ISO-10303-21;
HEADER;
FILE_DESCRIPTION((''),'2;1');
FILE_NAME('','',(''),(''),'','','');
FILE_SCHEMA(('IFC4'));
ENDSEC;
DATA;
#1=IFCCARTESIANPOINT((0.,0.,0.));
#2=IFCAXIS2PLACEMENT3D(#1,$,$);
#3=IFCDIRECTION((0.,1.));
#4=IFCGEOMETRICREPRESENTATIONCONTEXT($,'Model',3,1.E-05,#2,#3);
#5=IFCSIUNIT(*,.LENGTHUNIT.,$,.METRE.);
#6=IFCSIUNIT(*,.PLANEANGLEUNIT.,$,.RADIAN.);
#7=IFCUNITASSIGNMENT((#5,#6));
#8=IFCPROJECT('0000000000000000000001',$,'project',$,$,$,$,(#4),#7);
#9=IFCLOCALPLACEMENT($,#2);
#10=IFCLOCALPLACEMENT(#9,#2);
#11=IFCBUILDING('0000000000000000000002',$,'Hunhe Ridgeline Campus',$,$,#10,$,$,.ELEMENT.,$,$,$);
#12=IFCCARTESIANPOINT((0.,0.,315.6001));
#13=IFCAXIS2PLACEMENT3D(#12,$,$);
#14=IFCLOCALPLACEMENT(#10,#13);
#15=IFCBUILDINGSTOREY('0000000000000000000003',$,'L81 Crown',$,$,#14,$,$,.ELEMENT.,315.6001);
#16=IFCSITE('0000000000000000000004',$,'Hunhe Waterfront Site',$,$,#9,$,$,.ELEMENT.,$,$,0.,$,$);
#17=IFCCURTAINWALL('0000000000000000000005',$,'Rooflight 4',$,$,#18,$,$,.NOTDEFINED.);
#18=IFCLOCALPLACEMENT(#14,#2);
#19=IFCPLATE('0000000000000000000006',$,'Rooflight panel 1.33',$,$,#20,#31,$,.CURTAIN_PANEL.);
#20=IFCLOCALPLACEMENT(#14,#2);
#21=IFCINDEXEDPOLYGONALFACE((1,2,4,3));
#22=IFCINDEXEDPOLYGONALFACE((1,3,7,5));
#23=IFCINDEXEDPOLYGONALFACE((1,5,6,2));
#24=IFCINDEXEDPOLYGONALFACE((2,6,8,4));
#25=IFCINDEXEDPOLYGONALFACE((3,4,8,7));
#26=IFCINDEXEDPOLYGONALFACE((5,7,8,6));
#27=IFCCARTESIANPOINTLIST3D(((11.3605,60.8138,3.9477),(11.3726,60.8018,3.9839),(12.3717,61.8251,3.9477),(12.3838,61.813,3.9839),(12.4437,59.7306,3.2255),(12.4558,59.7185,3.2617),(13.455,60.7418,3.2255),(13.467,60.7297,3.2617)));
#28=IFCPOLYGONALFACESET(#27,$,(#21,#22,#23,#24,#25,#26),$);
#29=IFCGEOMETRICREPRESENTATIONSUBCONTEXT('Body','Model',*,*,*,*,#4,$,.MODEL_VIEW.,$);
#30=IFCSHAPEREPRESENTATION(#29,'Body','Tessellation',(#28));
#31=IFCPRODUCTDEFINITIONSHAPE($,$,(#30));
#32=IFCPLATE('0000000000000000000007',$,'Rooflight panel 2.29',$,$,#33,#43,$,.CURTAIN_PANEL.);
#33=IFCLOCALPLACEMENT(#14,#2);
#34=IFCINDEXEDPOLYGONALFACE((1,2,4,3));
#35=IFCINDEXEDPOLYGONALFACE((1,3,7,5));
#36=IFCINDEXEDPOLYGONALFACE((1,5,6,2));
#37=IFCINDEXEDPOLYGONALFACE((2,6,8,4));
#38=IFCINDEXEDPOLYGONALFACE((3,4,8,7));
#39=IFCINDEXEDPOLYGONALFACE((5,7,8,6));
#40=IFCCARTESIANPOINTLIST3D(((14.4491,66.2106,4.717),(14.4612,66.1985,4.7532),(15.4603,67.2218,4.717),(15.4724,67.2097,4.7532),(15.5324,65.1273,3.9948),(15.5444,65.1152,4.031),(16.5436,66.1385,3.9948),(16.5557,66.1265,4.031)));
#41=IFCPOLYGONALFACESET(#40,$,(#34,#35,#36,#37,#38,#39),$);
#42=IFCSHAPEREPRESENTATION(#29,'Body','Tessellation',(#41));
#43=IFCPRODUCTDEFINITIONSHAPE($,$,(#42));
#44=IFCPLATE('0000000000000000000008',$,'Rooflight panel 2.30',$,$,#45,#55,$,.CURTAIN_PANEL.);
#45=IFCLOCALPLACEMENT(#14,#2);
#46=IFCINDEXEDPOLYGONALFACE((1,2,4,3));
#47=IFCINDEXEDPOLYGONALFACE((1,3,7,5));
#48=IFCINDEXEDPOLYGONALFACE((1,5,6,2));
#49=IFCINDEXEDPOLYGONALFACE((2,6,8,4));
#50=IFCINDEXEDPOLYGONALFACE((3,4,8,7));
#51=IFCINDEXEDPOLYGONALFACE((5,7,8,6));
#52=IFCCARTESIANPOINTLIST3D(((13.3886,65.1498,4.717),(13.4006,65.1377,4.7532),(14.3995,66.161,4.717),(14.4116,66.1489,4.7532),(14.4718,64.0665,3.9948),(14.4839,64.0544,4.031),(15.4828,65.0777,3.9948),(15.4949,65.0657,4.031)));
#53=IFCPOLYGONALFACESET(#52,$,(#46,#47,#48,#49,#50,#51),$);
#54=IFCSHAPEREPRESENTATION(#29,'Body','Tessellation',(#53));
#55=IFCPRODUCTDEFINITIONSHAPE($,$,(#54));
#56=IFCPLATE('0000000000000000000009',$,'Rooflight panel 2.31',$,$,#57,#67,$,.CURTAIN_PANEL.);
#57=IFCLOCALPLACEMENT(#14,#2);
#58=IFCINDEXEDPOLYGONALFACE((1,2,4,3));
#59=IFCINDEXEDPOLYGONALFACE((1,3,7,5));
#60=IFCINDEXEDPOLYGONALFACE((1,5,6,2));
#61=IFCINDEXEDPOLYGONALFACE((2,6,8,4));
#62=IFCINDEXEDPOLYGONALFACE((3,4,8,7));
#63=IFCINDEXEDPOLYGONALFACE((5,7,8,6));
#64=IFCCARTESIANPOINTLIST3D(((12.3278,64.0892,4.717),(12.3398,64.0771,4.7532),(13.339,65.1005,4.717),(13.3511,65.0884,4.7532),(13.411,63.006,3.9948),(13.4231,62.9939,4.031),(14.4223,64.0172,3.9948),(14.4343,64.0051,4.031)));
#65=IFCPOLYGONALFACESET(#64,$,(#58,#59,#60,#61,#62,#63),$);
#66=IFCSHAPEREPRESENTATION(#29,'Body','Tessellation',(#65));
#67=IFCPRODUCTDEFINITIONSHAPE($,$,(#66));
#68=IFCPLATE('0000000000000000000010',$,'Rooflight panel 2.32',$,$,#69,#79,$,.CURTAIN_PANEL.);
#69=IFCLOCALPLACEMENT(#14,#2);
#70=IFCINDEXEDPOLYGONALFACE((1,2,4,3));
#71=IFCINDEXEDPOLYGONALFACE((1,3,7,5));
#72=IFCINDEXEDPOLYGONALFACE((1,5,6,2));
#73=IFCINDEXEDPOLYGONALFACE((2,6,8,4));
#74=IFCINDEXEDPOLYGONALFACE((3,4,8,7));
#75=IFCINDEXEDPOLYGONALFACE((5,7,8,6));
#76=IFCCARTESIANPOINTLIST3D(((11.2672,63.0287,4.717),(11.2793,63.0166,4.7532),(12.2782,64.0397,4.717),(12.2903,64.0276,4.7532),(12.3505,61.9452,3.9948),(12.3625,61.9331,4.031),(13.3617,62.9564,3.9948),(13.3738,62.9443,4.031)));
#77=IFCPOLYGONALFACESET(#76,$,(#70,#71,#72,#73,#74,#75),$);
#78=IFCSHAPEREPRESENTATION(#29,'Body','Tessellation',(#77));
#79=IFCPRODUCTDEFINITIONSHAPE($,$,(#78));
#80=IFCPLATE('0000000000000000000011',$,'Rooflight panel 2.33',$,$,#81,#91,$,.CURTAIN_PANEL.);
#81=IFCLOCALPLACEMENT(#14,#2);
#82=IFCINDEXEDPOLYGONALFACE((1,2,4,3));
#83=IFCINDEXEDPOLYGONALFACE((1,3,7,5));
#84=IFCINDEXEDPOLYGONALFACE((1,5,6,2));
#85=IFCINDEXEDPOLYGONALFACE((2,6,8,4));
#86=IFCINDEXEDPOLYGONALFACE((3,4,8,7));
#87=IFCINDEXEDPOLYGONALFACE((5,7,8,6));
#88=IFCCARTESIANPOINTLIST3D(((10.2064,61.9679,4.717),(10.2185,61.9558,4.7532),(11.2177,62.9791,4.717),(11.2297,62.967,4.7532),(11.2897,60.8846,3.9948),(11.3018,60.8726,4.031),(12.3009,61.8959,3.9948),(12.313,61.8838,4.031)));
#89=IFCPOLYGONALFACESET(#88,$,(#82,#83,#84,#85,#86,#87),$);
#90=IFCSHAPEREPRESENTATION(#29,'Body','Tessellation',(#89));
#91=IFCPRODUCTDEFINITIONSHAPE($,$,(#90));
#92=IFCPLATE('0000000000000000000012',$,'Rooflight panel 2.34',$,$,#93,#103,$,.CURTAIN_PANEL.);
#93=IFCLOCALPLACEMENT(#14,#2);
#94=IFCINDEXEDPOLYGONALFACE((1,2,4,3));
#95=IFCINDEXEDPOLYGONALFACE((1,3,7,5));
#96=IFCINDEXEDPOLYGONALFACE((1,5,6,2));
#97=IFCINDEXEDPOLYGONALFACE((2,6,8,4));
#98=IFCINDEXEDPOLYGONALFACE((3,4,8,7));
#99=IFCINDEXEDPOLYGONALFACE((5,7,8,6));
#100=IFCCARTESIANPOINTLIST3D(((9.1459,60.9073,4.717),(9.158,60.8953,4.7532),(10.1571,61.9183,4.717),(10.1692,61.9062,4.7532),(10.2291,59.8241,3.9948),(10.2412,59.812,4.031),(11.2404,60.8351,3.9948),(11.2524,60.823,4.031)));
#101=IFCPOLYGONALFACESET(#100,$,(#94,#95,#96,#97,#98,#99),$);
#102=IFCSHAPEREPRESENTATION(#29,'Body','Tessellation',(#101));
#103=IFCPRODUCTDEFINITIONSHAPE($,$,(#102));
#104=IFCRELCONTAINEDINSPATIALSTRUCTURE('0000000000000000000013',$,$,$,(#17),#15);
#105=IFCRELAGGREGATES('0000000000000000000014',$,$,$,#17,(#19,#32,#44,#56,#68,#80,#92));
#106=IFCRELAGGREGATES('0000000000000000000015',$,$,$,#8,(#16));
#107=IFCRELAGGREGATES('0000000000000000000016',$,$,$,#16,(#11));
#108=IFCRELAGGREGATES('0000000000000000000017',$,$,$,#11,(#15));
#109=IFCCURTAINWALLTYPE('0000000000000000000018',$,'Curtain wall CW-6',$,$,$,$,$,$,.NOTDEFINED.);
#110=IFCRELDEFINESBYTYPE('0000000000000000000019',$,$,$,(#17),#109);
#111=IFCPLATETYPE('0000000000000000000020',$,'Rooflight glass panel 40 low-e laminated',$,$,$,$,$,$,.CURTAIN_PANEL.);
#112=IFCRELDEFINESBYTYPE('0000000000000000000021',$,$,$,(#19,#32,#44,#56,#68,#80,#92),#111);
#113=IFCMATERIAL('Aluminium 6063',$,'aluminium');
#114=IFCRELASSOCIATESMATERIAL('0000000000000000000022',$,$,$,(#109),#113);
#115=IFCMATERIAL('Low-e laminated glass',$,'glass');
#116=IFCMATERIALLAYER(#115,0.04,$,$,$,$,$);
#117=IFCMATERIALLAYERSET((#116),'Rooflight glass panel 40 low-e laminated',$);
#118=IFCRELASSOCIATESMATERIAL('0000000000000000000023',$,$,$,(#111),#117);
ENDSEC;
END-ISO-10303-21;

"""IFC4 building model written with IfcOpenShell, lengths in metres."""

from ifc_helpers import new_model, si_unit, direction, frame, origin, place, context, subcontext, project, spatial, polyline, outline, extrude, material, layer, layer_set, type_object, element, aggregate, save


model = new_model("IFC4")

# Units and contexts
model_context = context("Model", 3, precision=1e-05, world=origin(), true_north=direction((0.0, 1.0)))
body_context = subcontext(model_context, "Body", "Model", "MODEL_VIEW")
ifc_project = project(units=[si_unit("LENGTHUNIT", "METRE"), si_unit("PLANEANGLEUNIT", "RADIAN")], contexts=[model_context])

# Site, building, storey
site_placement = place(None, origin())
site = spatial("IfcSite", under=ifc_project, at=site_placement, Name="Hunhe Waterfront Site", CompositionType="ELEMENT", RefElevation=0.0)
building_placement = place(site_placement, origin())
building = spatial("IfcBuilding", under=site, at=building_placement, Name="Hunhe Ridgeline Campus", CompositionType="ELEMENT")
storey_placement = place(building_placement, frame((0.0, 0.0, 315.6001)))
storey = spatial("IfcBuildingStorey", under=building, at=storey_placement, Name="L81 Crown", CompositionType="ELEMENT", Elevation=315.6001)

# Curtain wall, plates
ifc_material_1 = material(Name="Aluminium 6063", Category="aluminium")
curtain_wall_type = type_object("IfcCurtainWallType", Name="Curtain wall CW-6", PredefinedType="NOTDEFINED", material=ifc_material_1)
curtain_wall_placement = place(storey_placement, origin())
curtain_wall = element("IfcCurtainWall", 1, at=curtain_wall_placement, inside=storey, type_object=curtain_wall_type, Name="Rooflight 4", PredefinedType="NOTDEFINED")
ifc_material_2 = material(Name="Low-e laminated glass", Category="glass")
ifc_layer = layer(ifc_material_2, 0.04)
ifc_layer_set = layer_set([ifc_layer], Name="Rooflight glass panel 40 low-e laminated")
plate_type = type_object("IfcPlateType", Name="Rooflight glass panel 40 low-e laminated", PredefinedType="CURTAIN_PANEL", material=ifc_layer_set)
plate_1_placement = place(storey_placement, frame((13.467, 60.7297, 3.2617), z_axis=(0.301511, -0.301511, 0.904534), x_axis=(-0.639602, 0.639602, 0.426401)))
plate_1 = element("IfcPlate", 2, at=plate_1_placement, type_object=plate_type, Name="Rooflight panel 1.33", PredefinedType="CURTAIN_PANEL", context=body_context, shape_type="SweptSolid", body=[
    extrude(outline(polyline([(0.0, 0.0), (1.6936, 0.0), (1.6936, 1.4301), (0.0, 1.4301), (0.0, 0.0)])), origin(), (0.0, 0.0, -1.0), 0.04),
])
plate_2_placement = place(storey_placement, frame((16.5557, 66.1265, 4.031), z_axis=(0.301511, -0.301511, 0.904534), x_axis=(-0.639602, 0.639602, 0.426401)))
plate_2 = element("IfcPlate", 3, at=plate_2_placement, type_object=plate_type, Name="Rooflight panel 2.29", PredefinedType="CURTAIN_PANEL", context=body_context, shape_type="SweptSolid", body=[
    extrude(outline(polyline([(0.0, 0.0), (1.6936, 0.0), (1.6936, 1.4301), (0.0, 1.4301), (0.0, 0.0)])), origin(), (0.0, 0.0, -1.0), 0.04),
])
plate_3_placement = place(storey_placement, frame((15.4949, 65.0657, 4.031), z_axis=(0.301548, -0.301475, 0.904534), x_axis=(-0.639602, 0.639602, 0.426401)))
plate_3 = element("IfcPlate", 4, at=plate_3_placement, type_object=plate_type, Name="Rooflight panel 2.30", PredefinedType="CURTAIN_PANEL", context=body_context, shape_type="SweptSolid", body=[
    extrude(outline(polyline([(0.0, 0.0), (1.6936, 0.0), (1.6935, 1.4299), (-0.0002, 1.4299), (0.0, 0.0)])), origin(), (0.0, 0.0, -1.0), 0.04),
])
plate_4_placement = place(storey_placement, frame((14.4343, 64.0051, 4.031), z_axis=(0.301511, -0.301511, 0.904534), x_axis=(-0.639602, 0.639602, 0.426401)))
plate_4 = element("IfcPlate", 5, at=plate_4_placement, type_object=plate_type, Name="Rooflight panel 2.31", PredefinedType="CURTAIN_PANEL", context=body_context, shape_type="SweptSolid", body=[
    extrude(outline(polyline([(0.0, 0.0), (1.6936, 0.0), (1.6936, 1.4301), (0.0, 1.4301), (0.0, 0.0)])), origin(), (0.0, 0.0, -1.0), 0.04),
])
plate_5_placement = place(storey_placement, frame((13.3738, 62.9443, 4.031), z_axis=(0.301484, -0.301484, 0.904553), x_axis=(-0.639687, 0.639543, 0.426362)))
plate_5 = element("IfcPlate", 6, at=plate_5_placement, type_object=plate_type, Name="Rooflight panel 2.32", PredefinedType="CURTAIN_PANEL", context=body_context, shape_type="SweptSolid", body=[
    extrude(outline(polyline([(0.0, 0.0), (1.6938, 0.0), (1.6939, 1.4298), (0.0001, 1.4301), (0.0, 0.0)])), origin(), (0.0, 0.0, -1.0), 0.04),
])
plate_6_placement = place(storey_placement, frame((12.313, 61.8838, 4.031), z_axis=(0.301511, -0.301511, 0.904534), x_axis=(-0.639602, 0.639602, 0.426401)))
plate_6 = element("IfcPlate", 7, at=plate_6_placement, type_object=plate_type, Name="Rooflight panel 2.33", PredefinedType="CURTAIN_PANEL", context=body_context, shape_type="SweptSolid", body=[
    extrude(outline(polyline([(0.0, 0.0), (1.6936, 0.0), (1.6936, 1.4301), (0.0, 1.4301), (0.0, 0.0)])), origin(), (0.0, 0.0, -1.0), 0.04),
])
plate_7_placement = place(storey_placement, frame((11.2524, 60.823, 4.031), z_axis=(0.301475, -0.301548, 0.904534), x_axis=(-0.639602, 0.639602, 0.426401)))
plate_7 = element("IfcPlate", 8, at=plate_7_placement, type_object=plate_type, Name="Rooflight panel 2.34", PredefinedType="CURTAIN_PANEL", context=body_context, shape_type="SweptSolid", body=[
    extrude(outline(polyline([(0.0, 0.0), (1.6936, 0.0), (1.6938, 1.4299), (0.0002, 1.4299), (0.0, 0.0)])), origin(), (0.0, 0.0, -1.0), 0.04),
])
aggregate(curtain_wall, [plate_1, plate_2, plate_3, plate_4, plate_5, plate_6, plate_7])

save(model, "model.ifc")
